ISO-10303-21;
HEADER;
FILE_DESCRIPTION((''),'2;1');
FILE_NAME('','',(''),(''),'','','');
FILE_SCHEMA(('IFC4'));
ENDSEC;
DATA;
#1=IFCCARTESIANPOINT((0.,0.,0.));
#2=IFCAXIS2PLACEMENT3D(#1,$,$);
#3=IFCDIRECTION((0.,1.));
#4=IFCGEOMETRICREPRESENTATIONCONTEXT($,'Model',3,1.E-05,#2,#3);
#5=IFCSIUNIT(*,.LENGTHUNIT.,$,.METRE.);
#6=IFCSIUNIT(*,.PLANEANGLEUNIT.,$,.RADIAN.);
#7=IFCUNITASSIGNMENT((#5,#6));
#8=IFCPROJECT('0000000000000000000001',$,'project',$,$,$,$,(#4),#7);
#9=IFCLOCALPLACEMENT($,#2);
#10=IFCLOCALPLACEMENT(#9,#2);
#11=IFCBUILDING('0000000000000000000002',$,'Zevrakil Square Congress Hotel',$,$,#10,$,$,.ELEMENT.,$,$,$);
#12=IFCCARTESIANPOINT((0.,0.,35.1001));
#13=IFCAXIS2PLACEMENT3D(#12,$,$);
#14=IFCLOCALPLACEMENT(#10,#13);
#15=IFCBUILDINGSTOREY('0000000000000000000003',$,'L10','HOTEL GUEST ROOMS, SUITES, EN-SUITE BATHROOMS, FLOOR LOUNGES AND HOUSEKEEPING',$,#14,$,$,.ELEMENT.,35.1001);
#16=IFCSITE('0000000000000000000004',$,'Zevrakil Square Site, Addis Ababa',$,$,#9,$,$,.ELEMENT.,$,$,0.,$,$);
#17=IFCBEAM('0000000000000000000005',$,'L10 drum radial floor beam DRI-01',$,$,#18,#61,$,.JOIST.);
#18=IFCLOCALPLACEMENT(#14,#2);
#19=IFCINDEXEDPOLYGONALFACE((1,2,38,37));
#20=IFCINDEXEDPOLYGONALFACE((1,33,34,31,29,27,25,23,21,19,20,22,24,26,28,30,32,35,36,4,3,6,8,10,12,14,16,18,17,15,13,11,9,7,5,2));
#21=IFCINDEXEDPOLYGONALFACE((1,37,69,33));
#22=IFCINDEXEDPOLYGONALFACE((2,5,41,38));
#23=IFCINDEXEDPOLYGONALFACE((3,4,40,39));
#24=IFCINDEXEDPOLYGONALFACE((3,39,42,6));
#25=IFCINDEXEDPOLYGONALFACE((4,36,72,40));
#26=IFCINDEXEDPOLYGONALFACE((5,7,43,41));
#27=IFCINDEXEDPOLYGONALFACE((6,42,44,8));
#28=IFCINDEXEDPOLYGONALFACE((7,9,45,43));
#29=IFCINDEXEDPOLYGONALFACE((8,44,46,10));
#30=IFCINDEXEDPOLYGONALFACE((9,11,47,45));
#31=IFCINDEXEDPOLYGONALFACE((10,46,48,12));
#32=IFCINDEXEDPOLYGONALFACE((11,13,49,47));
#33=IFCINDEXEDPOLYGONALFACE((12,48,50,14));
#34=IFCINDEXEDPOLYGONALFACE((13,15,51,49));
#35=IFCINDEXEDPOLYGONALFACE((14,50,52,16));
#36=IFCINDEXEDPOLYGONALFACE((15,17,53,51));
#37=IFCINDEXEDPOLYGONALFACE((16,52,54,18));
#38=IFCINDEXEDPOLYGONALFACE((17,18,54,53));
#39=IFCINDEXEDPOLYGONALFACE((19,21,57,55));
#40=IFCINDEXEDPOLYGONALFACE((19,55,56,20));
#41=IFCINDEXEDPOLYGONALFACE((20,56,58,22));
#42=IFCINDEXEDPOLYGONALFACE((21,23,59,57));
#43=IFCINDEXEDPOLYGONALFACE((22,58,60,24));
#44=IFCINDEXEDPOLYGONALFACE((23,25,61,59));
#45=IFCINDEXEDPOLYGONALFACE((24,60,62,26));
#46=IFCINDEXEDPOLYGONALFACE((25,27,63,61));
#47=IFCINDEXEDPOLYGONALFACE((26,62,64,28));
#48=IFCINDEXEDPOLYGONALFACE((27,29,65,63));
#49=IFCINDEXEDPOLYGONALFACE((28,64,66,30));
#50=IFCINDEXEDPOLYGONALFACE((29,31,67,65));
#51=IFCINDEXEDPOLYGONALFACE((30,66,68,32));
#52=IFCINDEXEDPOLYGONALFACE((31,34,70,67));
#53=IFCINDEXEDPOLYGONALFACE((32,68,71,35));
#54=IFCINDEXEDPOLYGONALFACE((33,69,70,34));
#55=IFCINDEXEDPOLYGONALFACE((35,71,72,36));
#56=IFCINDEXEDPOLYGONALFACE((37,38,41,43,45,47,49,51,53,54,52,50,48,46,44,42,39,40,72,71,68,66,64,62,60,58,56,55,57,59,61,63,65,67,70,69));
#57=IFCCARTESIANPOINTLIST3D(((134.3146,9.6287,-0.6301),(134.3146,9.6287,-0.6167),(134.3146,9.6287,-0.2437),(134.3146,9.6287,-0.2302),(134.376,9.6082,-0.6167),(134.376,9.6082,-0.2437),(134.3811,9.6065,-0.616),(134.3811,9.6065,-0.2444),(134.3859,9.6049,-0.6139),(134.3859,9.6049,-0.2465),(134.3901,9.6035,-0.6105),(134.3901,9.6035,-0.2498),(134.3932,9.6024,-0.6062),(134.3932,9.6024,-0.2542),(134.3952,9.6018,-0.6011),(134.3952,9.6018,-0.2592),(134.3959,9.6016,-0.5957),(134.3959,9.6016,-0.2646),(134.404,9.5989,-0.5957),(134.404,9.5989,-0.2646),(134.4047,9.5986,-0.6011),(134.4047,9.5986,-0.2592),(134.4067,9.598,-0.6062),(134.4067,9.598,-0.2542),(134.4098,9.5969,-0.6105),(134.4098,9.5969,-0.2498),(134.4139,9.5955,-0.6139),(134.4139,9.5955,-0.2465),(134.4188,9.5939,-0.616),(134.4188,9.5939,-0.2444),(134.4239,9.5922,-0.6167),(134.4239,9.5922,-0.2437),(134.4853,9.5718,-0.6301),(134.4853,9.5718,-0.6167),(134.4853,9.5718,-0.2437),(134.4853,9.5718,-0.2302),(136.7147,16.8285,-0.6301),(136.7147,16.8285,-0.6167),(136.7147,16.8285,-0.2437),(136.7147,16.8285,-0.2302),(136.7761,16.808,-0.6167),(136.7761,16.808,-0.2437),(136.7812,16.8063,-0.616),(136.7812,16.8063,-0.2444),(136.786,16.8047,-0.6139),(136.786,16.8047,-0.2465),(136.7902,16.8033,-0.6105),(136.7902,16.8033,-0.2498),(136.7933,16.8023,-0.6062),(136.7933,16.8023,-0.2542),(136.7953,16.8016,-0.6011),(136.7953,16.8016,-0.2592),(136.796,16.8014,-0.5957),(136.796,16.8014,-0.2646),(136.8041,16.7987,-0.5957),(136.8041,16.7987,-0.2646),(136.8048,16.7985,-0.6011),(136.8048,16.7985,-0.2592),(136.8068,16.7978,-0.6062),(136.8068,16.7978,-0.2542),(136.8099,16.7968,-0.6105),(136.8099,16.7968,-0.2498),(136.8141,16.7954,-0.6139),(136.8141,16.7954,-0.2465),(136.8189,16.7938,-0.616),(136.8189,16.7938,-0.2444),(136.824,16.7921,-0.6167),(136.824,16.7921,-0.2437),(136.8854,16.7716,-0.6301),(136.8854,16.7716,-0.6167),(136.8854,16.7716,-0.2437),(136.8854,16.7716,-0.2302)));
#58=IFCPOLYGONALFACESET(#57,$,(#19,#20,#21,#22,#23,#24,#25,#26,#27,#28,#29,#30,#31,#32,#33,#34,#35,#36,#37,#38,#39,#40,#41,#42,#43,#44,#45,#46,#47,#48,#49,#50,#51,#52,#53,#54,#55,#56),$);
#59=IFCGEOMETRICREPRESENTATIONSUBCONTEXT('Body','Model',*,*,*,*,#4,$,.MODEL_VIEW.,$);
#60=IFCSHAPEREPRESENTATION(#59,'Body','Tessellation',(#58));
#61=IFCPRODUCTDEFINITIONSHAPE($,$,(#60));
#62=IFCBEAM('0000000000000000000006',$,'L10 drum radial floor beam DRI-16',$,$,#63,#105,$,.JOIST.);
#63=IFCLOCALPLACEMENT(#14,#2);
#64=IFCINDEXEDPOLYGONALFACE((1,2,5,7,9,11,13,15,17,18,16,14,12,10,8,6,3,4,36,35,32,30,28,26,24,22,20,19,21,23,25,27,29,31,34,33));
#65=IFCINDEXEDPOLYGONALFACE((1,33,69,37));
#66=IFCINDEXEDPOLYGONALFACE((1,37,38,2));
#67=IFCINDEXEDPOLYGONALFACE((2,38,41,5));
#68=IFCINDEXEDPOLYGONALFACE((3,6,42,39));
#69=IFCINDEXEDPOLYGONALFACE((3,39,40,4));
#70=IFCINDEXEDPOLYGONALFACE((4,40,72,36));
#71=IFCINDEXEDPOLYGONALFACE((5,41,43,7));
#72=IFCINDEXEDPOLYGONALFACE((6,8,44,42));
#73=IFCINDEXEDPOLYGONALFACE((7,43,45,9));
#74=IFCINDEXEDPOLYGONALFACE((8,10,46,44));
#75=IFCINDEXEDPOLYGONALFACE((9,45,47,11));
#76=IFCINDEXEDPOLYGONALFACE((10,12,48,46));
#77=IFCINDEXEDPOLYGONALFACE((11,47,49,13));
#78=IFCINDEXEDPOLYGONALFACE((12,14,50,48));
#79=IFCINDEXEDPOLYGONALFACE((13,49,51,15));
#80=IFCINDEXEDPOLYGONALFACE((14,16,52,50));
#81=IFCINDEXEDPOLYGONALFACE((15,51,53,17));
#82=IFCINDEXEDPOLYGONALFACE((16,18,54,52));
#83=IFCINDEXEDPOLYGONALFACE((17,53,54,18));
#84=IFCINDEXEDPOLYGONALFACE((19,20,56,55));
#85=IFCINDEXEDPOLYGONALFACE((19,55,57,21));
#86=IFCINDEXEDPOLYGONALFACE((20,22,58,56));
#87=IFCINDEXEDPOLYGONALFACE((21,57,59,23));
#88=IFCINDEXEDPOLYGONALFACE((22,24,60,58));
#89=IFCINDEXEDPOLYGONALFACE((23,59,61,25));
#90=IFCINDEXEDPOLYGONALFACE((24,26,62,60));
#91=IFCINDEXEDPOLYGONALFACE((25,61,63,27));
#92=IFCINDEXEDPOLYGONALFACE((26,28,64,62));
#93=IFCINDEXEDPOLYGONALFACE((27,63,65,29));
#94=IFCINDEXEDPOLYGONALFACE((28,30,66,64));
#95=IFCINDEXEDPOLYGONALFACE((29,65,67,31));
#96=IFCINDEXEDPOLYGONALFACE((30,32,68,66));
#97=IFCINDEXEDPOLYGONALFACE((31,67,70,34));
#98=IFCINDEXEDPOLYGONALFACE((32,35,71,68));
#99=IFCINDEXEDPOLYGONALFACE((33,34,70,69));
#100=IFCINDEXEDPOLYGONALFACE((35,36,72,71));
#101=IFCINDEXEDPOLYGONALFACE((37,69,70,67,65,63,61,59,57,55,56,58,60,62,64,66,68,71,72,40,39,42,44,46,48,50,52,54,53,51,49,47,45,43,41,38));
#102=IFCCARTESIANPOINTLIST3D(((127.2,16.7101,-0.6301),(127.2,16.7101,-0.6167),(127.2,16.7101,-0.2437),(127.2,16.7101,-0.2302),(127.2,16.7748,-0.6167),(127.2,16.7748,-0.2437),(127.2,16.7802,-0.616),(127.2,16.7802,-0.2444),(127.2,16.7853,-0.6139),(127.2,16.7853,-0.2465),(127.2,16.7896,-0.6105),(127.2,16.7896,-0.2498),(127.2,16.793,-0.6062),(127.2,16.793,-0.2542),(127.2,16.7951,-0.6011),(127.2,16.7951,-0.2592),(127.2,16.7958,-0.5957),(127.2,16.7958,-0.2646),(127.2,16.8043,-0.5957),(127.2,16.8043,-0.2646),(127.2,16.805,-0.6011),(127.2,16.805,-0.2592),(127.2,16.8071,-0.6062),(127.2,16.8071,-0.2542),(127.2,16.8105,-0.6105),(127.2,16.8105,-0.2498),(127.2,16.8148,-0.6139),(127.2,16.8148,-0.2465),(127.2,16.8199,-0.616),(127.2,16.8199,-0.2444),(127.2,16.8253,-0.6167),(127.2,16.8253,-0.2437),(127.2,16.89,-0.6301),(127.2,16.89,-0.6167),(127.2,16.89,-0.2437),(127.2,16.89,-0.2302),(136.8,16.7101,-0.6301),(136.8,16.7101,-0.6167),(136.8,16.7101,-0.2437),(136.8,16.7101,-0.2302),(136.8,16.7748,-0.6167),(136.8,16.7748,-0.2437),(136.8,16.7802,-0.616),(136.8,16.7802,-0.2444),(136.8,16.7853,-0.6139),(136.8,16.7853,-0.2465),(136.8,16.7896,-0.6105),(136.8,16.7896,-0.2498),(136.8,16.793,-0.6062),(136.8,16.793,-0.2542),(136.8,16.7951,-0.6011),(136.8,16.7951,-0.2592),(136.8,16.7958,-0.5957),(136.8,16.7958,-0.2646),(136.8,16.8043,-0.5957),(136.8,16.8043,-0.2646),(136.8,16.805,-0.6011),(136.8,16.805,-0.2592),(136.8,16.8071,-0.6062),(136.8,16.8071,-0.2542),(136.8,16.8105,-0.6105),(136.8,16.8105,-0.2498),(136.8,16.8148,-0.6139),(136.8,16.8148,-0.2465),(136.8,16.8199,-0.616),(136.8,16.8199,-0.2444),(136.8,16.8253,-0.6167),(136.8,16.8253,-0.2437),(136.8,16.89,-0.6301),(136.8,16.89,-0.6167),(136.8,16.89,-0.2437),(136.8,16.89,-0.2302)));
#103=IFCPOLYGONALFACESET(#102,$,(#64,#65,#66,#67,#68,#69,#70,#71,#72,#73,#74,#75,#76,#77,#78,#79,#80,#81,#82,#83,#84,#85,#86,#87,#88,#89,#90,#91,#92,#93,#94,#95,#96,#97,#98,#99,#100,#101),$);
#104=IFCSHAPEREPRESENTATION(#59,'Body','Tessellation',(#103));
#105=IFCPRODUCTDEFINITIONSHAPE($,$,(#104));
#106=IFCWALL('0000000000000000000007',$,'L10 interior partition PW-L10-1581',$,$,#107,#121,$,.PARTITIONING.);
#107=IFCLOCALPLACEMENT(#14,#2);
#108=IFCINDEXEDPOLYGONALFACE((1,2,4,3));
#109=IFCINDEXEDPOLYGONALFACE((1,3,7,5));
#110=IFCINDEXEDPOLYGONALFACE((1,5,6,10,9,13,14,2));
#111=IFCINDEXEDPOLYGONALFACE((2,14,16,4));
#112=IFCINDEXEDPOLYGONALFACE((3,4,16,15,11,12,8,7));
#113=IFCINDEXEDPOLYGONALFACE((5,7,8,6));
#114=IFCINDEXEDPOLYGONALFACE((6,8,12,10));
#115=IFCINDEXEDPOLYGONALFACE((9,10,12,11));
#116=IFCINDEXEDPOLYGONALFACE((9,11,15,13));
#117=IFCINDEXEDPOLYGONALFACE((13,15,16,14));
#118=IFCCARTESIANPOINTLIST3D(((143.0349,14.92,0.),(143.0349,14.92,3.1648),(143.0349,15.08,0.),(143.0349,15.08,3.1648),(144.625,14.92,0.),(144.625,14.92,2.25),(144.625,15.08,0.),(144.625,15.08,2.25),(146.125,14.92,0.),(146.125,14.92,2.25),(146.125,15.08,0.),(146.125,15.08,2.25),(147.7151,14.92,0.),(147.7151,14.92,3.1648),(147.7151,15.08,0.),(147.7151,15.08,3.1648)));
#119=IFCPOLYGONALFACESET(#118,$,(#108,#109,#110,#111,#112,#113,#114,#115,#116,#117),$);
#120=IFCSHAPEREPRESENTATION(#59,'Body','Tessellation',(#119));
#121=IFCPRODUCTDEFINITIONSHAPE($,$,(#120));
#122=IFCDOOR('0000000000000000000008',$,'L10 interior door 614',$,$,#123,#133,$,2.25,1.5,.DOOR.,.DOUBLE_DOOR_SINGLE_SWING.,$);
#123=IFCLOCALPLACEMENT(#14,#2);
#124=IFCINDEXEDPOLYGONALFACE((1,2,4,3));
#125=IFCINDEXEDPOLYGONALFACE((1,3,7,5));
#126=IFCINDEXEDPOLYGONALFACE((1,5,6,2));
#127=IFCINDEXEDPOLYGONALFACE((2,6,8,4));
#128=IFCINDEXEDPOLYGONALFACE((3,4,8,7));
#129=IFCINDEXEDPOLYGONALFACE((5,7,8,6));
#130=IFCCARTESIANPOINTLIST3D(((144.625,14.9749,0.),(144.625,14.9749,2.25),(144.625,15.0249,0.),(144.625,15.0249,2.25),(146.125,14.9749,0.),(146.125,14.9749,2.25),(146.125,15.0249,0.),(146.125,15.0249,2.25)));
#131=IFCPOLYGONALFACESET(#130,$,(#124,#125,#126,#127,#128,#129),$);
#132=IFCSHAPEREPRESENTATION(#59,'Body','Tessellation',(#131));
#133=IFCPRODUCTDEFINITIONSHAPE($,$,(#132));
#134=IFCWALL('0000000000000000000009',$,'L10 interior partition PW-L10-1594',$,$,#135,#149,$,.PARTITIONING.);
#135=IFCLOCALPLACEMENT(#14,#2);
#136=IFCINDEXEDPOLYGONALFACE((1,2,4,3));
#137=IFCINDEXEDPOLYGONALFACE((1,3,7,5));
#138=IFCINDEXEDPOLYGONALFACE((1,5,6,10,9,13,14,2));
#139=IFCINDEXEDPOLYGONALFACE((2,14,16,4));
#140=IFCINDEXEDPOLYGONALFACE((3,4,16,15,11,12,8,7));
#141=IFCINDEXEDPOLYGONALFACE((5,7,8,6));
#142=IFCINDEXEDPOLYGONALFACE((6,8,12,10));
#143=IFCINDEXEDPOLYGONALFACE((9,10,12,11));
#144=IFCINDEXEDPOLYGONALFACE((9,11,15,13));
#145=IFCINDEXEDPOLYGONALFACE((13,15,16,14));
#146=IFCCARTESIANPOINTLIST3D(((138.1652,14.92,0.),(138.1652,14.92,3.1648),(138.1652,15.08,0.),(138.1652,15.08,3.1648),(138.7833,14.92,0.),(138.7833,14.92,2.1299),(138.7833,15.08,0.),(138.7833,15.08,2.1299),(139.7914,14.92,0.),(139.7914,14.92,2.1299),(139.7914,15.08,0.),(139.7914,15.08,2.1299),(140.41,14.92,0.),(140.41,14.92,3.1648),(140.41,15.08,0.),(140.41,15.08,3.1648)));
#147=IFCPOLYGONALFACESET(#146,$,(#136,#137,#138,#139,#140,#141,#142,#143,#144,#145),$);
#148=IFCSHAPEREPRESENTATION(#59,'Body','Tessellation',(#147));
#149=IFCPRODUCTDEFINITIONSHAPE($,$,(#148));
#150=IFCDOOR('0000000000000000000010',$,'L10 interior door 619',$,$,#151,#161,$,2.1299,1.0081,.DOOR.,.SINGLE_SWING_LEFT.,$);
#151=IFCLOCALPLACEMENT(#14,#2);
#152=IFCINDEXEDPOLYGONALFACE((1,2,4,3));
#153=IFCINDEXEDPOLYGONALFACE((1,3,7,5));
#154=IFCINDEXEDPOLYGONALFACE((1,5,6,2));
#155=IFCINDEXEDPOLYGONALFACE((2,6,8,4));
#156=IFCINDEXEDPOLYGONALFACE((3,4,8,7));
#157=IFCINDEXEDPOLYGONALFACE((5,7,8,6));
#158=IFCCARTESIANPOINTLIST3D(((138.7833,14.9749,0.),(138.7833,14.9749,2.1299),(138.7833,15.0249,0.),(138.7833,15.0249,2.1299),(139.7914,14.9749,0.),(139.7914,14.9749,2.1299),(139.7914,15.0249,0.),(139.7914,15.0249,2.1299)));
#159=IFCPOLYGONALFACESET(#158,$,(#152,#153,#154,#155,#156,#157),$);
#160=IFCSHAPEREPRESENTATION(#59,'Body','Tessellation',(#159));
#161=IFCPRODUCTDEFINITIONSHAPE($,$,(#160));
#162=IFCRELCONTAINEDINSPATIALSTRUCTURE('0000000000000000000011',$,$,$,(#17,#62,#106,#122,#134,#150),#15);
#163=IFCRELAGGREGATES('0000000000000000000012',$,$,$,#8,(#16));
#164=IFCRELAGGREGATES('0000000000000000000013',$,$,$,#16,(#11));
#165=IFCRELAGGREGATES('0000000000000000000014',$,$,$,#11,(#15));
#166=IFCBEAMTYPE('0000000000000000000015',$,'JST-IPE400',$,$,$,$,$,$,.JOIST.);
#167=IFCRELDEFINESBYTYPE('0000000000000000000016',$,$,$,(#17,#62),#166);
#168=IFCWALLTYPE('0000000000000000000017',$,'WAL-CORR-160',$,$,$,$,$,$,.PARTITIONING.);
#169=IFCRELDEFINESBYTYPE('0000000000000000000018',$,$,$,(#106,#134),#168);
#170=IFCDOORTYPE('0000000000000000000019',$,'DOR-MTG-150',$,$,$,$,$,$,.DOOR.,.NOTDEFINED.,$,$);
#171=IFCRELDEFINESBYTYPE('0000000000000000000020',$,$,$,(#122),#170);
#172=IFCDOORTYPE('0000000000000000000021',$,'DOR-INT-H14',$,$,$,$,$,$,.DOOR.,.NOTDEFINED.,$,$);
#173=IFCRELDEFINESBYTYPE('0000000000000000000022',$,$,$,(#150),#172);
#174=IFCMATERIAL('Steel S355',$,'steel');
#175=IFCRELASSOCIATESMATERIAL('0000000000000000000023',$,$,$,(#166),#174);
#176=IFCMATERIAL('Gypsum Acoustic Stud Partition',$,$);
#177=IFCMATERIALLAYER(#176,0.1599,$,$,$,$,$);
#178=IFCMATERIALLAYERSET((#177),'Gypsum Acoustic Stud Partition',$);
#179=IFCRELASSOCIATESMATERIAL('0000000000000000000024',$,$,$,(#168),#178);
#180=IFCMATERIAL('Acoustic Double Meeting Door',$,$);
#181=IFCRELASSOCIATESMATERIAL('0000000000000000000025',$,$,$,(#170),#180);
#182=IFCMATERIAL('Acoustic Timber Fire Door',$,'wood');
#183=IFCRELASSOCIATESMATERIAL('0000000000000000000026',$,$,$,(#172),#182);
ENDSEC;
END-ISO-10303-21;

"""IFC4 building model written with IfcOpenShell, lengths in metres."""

from ifc_helpers import new_model, si_unit, direction, frame, frame_2d, origin, origin_2d, place, context, subcontext, project, spatial, rectangle, i_section, extrude, material, layer, layer_set, material_profile, profile_set, type_object, element, fill, save


model = new_model("IFC4")

# Units and contexts
model_context = context("Model", 3, precision=1e-05, world=origin(), true_north=direction((0.0, 1.0)))
body_context = subcontext(model_context, "Body", "Model", "MODEL_VIEW")
ifc_project = project(units=[si_unit("LENGTHUNIT", "METRE"), si_unit("PLANEANGLEUNIT", "RADIAN")], contexts=[model_context])

# Site, building, storey
site_placement = place(None, origin())
site = spatial("IfcSite", under=ifc_project, at=site_placement, Name="Zevrakil Square Site, Addis Ababa", CompositionType="ELEMENT", RefElevation=0.0)
building_placement = place(site_placement, origin())
building = spatial("IfcBuilding", under=site, at=building_placement, Name="Zevrakil Square Congress Hotel", CompositionType="ELEMENT")
storey_placement = place(building_placement, frame((0.0, 0.0, 35.1001)))
storey = spatial("IfcBuildingStorey", under=building, at=storey_placement, Name="L10", Description="HOTEL GUEST ROOMS, SUITES, EN-SUITE BATHROOMS, FLOOR LOUNGES AND HOUSEKEEPING", CompositionType="ELEMENT", Elevation=35.1001)

# Beams
ifc_material_1 = material(Name="Steel S355", Category="steel")
ifc_material_profile = material_profile(ifc_material_1, i_section(OverallWidth=0.1799, OverallDepth=0.3999, WebThickness=0.0085, FlangeThickness=0.0134, FilletRadius=0.021, at=origin_2d()), Name="IPE 400")
ifc_profile_set = profile_set([ifc_material_profile], Name="Steel S355")
beam_type = type_object("IfcBeamType", Name="JST-IPE400", PredefinedType="JOIST", material=ifc_profile_set)
beam_1_placement = place(storey_placement, frame((136.8, 16.8, -0.4302), z_axis=(-0.316247, -0.948677, 0.0), x_axis=(0.948677, -0.316247, 0.0)))
element("IfcBeam", 1, at=beam_1_placement, inside=storey, type_object=beam_type, Name="L10 drum radial floor beam DRI-01", PredefinedType="JOIST", context=body_context, shape_type="SweptSolid", body=[
    extrude(i_section(OverallWidth=0.1799, OverallDepth=0.3999, WebThickness=0.0085, FlangeThickness=0.0134, FilletRadius=0.021, at=origin_2d()), origin(), (0.0, 0.0, 1.0), 7.5894),
])
beam_2_placement = place(storey_placement, frame((136.8, 16.8, -0.4302), z_axis=(-1.0, 0.0, 0.0), x_axis=(0.0, -1.0, 0.0)))
element("IfcBeam", 2, at=beam_2_placement, inside=storey, type_object=beam_type, Name="L10 drum radial floor beam DRI-16", PredefinedType="JOIST", context=body_context, shape_type="SweptSolid", body=[
    extrude(i_section(OverallWidth=0.1799, OverallDepth=0.3999, WebThickness=0.0085, FlangeThickness=0.0134, FilletRadius=0.021, at=origin_2d()), origin(), (0.0, 0.0, 1.0), 9.6001),
])

# Walls, openings, doors
ifc_material_2 = material(Name="Gypsum Acoustic Stud Partition")
ifc_layer_1 = layer(ifc_material_2, 0.1599)
ifc_layer_set_1 = layer_set([ifc_layer_1], Name="Gypsum Acoustic Stud Partition")
wall_type_1 = type_object("IfcWallType", Name="WAL-CORR-160", PredefinedType="PARTITIONING", material=ifc_layer_set_1)
wall_1_placement = place(storey_placement, frame((143.0349, 15.0, 0.0), z_axis=(0.0, 0.0, 1.0), x_axis=(1.0, 0.0, 0.0)))
wall_1 = element("IfcWall", 3, at=wall_1_placement, inside=storey, type_object=wall_type_1, Name="L10 interior partition PW-L10-1581", PredefinedType="PARTITIONING", context=body_context, shape_type="SweptSolid", body=[
    extrude(rectangle(XDim=4.6802, YDim=0.1599, at=frame_2d((2.3401, 0.0))), origin(), (0.0, 0.0, 1.0), 3.1648),
])
opening_1_placement = place(wall_1_placement, frame((1.5901, 0.0, 0.0)))
opening_1 = element("IfcOpeningElement", 4, at=opening_1_placement, cuts=wall_1, PredefinedType="OPENING", context=body_context, shape_type="SweptSolid", body=[
    extrude(rectangle(XDim=1.5, YDim=2.25, at=frame_2d((0.75, 1.125))), frame((0.0, 0.0898, 0.0), z_axis=(0.0, -1.0, 0.0), x_axis=(1.0, 0.0, 0.0)), (0.0, 0.0, 1.0), 0.1799),
])
ifc_material_3 = material(Name="Acoustic Double Meeting Door")
door_type_1 = type_object("IfcDoorType", Name="DOR-MTG-150", OperationType="NOTDEFINED", PredefinedType="DOOR", material=ifc_material_3)
door_1_placement = place(opening_1_placement, origin())
door_1 = element("IfcDoor", 5, at=door_1_placement, inside=storey, type_object=door_type_1, Name="L10 interior door 614", OperationType="DOUBLE_DOOR_SINGLE_SWING", OverallHeight=2.25, OverallWidth=1.5, PredefinedType="DOOR", context=body_context, shape_type="SweptSolid", body=[
    extrude(rectangle(XDim=1.5, YDim=2.25, at=frame_2d((0.75, 1.125))), frame((0.0, 0.0249, 0.0), z_axis=(0.0, -1.0, 0.0), x_axis=(1.0, 0.0, 0.0)), (0.0, 0.0, 1.0), 0.05),
])
fill(opening_1, door_1)
wall_2_placement = place(storey_placement, frame((138.165, 15.0, 0.0), z_axis=(0.0, 0.0, 1.0), x_axis=(1.0, 0.0, 0.0)))
wall_2 = element("IfcWall", 6, at=wall_2_placement, inside=storey, type_object=wall_type_1, Name="L10 interior partition PW-L10-1594", PredefinedType="PARTITIONING", context=body_context, shape_type="SweptSolid", body=[
    extrude(rectangle(XDim=2.2449, YDim=0.1599, at=frame_2d((1.1226, 0.0))), origin(), (0.0, 0.0, 1.0), 3.1648),
])
opening_2_placement = place(wall_2_placement, frame((0.6184, 0.0, 0.0)))
opening_2 = element("IfcOpeningElement", 7, at=opening_2_placement, cuts=wall_2, PredefinedType="OPENING", context=body_context, shape_type="SweptSolid", body=[
    extrude(rectangle(XDim=1.0081, YDim=2.1299, at=frame_2d((0.5039, 1.0649))), frame((0.0, 0.0898, 0.0), z_axis=(0.0, -1.0, 0.0), x_axis=(1.0, 0.0, 0.0)), (0.0, 0.0, 1.0), 0.1799),
])
ifc_material_4 = material(Name="Acoustic Timber Fire Door", Category="wood")
door_type_2 = type_object("IfcDoorType", Name="DOR-INT-H14", OperationType="NOTDEFINED", PredefinedType="DOOR", material=ifc_material_4)
door_2_placement = place(opening_2_placement, origin())
door_2 = element("IfcDoor", 8, at=door_2_placement, inside=storey, type_object=door_type_2, Name="L10 interior door 619", OperationType="SINGLE_SWING_LEFT", OverallHeight=2.1299, OverallWidth=1.0081, PredefinedType="DOOR", context=body_context, shape_type="SweptSolid", body=[
    extrude(rectangle(XDim=1.0081, YDim=2.1299, at=frame_2d((0.5039, 1.0649))), frame((0.0, 0.0249, 0.0), z_axis=(0.0, -1.0, 0.0), x_axis=(1.0, 0.0, 0.0)), (0.0, 0.0, 1.0), 0.05),
])
fill(opening_2, door_2)

save(model, "model.ifc")
